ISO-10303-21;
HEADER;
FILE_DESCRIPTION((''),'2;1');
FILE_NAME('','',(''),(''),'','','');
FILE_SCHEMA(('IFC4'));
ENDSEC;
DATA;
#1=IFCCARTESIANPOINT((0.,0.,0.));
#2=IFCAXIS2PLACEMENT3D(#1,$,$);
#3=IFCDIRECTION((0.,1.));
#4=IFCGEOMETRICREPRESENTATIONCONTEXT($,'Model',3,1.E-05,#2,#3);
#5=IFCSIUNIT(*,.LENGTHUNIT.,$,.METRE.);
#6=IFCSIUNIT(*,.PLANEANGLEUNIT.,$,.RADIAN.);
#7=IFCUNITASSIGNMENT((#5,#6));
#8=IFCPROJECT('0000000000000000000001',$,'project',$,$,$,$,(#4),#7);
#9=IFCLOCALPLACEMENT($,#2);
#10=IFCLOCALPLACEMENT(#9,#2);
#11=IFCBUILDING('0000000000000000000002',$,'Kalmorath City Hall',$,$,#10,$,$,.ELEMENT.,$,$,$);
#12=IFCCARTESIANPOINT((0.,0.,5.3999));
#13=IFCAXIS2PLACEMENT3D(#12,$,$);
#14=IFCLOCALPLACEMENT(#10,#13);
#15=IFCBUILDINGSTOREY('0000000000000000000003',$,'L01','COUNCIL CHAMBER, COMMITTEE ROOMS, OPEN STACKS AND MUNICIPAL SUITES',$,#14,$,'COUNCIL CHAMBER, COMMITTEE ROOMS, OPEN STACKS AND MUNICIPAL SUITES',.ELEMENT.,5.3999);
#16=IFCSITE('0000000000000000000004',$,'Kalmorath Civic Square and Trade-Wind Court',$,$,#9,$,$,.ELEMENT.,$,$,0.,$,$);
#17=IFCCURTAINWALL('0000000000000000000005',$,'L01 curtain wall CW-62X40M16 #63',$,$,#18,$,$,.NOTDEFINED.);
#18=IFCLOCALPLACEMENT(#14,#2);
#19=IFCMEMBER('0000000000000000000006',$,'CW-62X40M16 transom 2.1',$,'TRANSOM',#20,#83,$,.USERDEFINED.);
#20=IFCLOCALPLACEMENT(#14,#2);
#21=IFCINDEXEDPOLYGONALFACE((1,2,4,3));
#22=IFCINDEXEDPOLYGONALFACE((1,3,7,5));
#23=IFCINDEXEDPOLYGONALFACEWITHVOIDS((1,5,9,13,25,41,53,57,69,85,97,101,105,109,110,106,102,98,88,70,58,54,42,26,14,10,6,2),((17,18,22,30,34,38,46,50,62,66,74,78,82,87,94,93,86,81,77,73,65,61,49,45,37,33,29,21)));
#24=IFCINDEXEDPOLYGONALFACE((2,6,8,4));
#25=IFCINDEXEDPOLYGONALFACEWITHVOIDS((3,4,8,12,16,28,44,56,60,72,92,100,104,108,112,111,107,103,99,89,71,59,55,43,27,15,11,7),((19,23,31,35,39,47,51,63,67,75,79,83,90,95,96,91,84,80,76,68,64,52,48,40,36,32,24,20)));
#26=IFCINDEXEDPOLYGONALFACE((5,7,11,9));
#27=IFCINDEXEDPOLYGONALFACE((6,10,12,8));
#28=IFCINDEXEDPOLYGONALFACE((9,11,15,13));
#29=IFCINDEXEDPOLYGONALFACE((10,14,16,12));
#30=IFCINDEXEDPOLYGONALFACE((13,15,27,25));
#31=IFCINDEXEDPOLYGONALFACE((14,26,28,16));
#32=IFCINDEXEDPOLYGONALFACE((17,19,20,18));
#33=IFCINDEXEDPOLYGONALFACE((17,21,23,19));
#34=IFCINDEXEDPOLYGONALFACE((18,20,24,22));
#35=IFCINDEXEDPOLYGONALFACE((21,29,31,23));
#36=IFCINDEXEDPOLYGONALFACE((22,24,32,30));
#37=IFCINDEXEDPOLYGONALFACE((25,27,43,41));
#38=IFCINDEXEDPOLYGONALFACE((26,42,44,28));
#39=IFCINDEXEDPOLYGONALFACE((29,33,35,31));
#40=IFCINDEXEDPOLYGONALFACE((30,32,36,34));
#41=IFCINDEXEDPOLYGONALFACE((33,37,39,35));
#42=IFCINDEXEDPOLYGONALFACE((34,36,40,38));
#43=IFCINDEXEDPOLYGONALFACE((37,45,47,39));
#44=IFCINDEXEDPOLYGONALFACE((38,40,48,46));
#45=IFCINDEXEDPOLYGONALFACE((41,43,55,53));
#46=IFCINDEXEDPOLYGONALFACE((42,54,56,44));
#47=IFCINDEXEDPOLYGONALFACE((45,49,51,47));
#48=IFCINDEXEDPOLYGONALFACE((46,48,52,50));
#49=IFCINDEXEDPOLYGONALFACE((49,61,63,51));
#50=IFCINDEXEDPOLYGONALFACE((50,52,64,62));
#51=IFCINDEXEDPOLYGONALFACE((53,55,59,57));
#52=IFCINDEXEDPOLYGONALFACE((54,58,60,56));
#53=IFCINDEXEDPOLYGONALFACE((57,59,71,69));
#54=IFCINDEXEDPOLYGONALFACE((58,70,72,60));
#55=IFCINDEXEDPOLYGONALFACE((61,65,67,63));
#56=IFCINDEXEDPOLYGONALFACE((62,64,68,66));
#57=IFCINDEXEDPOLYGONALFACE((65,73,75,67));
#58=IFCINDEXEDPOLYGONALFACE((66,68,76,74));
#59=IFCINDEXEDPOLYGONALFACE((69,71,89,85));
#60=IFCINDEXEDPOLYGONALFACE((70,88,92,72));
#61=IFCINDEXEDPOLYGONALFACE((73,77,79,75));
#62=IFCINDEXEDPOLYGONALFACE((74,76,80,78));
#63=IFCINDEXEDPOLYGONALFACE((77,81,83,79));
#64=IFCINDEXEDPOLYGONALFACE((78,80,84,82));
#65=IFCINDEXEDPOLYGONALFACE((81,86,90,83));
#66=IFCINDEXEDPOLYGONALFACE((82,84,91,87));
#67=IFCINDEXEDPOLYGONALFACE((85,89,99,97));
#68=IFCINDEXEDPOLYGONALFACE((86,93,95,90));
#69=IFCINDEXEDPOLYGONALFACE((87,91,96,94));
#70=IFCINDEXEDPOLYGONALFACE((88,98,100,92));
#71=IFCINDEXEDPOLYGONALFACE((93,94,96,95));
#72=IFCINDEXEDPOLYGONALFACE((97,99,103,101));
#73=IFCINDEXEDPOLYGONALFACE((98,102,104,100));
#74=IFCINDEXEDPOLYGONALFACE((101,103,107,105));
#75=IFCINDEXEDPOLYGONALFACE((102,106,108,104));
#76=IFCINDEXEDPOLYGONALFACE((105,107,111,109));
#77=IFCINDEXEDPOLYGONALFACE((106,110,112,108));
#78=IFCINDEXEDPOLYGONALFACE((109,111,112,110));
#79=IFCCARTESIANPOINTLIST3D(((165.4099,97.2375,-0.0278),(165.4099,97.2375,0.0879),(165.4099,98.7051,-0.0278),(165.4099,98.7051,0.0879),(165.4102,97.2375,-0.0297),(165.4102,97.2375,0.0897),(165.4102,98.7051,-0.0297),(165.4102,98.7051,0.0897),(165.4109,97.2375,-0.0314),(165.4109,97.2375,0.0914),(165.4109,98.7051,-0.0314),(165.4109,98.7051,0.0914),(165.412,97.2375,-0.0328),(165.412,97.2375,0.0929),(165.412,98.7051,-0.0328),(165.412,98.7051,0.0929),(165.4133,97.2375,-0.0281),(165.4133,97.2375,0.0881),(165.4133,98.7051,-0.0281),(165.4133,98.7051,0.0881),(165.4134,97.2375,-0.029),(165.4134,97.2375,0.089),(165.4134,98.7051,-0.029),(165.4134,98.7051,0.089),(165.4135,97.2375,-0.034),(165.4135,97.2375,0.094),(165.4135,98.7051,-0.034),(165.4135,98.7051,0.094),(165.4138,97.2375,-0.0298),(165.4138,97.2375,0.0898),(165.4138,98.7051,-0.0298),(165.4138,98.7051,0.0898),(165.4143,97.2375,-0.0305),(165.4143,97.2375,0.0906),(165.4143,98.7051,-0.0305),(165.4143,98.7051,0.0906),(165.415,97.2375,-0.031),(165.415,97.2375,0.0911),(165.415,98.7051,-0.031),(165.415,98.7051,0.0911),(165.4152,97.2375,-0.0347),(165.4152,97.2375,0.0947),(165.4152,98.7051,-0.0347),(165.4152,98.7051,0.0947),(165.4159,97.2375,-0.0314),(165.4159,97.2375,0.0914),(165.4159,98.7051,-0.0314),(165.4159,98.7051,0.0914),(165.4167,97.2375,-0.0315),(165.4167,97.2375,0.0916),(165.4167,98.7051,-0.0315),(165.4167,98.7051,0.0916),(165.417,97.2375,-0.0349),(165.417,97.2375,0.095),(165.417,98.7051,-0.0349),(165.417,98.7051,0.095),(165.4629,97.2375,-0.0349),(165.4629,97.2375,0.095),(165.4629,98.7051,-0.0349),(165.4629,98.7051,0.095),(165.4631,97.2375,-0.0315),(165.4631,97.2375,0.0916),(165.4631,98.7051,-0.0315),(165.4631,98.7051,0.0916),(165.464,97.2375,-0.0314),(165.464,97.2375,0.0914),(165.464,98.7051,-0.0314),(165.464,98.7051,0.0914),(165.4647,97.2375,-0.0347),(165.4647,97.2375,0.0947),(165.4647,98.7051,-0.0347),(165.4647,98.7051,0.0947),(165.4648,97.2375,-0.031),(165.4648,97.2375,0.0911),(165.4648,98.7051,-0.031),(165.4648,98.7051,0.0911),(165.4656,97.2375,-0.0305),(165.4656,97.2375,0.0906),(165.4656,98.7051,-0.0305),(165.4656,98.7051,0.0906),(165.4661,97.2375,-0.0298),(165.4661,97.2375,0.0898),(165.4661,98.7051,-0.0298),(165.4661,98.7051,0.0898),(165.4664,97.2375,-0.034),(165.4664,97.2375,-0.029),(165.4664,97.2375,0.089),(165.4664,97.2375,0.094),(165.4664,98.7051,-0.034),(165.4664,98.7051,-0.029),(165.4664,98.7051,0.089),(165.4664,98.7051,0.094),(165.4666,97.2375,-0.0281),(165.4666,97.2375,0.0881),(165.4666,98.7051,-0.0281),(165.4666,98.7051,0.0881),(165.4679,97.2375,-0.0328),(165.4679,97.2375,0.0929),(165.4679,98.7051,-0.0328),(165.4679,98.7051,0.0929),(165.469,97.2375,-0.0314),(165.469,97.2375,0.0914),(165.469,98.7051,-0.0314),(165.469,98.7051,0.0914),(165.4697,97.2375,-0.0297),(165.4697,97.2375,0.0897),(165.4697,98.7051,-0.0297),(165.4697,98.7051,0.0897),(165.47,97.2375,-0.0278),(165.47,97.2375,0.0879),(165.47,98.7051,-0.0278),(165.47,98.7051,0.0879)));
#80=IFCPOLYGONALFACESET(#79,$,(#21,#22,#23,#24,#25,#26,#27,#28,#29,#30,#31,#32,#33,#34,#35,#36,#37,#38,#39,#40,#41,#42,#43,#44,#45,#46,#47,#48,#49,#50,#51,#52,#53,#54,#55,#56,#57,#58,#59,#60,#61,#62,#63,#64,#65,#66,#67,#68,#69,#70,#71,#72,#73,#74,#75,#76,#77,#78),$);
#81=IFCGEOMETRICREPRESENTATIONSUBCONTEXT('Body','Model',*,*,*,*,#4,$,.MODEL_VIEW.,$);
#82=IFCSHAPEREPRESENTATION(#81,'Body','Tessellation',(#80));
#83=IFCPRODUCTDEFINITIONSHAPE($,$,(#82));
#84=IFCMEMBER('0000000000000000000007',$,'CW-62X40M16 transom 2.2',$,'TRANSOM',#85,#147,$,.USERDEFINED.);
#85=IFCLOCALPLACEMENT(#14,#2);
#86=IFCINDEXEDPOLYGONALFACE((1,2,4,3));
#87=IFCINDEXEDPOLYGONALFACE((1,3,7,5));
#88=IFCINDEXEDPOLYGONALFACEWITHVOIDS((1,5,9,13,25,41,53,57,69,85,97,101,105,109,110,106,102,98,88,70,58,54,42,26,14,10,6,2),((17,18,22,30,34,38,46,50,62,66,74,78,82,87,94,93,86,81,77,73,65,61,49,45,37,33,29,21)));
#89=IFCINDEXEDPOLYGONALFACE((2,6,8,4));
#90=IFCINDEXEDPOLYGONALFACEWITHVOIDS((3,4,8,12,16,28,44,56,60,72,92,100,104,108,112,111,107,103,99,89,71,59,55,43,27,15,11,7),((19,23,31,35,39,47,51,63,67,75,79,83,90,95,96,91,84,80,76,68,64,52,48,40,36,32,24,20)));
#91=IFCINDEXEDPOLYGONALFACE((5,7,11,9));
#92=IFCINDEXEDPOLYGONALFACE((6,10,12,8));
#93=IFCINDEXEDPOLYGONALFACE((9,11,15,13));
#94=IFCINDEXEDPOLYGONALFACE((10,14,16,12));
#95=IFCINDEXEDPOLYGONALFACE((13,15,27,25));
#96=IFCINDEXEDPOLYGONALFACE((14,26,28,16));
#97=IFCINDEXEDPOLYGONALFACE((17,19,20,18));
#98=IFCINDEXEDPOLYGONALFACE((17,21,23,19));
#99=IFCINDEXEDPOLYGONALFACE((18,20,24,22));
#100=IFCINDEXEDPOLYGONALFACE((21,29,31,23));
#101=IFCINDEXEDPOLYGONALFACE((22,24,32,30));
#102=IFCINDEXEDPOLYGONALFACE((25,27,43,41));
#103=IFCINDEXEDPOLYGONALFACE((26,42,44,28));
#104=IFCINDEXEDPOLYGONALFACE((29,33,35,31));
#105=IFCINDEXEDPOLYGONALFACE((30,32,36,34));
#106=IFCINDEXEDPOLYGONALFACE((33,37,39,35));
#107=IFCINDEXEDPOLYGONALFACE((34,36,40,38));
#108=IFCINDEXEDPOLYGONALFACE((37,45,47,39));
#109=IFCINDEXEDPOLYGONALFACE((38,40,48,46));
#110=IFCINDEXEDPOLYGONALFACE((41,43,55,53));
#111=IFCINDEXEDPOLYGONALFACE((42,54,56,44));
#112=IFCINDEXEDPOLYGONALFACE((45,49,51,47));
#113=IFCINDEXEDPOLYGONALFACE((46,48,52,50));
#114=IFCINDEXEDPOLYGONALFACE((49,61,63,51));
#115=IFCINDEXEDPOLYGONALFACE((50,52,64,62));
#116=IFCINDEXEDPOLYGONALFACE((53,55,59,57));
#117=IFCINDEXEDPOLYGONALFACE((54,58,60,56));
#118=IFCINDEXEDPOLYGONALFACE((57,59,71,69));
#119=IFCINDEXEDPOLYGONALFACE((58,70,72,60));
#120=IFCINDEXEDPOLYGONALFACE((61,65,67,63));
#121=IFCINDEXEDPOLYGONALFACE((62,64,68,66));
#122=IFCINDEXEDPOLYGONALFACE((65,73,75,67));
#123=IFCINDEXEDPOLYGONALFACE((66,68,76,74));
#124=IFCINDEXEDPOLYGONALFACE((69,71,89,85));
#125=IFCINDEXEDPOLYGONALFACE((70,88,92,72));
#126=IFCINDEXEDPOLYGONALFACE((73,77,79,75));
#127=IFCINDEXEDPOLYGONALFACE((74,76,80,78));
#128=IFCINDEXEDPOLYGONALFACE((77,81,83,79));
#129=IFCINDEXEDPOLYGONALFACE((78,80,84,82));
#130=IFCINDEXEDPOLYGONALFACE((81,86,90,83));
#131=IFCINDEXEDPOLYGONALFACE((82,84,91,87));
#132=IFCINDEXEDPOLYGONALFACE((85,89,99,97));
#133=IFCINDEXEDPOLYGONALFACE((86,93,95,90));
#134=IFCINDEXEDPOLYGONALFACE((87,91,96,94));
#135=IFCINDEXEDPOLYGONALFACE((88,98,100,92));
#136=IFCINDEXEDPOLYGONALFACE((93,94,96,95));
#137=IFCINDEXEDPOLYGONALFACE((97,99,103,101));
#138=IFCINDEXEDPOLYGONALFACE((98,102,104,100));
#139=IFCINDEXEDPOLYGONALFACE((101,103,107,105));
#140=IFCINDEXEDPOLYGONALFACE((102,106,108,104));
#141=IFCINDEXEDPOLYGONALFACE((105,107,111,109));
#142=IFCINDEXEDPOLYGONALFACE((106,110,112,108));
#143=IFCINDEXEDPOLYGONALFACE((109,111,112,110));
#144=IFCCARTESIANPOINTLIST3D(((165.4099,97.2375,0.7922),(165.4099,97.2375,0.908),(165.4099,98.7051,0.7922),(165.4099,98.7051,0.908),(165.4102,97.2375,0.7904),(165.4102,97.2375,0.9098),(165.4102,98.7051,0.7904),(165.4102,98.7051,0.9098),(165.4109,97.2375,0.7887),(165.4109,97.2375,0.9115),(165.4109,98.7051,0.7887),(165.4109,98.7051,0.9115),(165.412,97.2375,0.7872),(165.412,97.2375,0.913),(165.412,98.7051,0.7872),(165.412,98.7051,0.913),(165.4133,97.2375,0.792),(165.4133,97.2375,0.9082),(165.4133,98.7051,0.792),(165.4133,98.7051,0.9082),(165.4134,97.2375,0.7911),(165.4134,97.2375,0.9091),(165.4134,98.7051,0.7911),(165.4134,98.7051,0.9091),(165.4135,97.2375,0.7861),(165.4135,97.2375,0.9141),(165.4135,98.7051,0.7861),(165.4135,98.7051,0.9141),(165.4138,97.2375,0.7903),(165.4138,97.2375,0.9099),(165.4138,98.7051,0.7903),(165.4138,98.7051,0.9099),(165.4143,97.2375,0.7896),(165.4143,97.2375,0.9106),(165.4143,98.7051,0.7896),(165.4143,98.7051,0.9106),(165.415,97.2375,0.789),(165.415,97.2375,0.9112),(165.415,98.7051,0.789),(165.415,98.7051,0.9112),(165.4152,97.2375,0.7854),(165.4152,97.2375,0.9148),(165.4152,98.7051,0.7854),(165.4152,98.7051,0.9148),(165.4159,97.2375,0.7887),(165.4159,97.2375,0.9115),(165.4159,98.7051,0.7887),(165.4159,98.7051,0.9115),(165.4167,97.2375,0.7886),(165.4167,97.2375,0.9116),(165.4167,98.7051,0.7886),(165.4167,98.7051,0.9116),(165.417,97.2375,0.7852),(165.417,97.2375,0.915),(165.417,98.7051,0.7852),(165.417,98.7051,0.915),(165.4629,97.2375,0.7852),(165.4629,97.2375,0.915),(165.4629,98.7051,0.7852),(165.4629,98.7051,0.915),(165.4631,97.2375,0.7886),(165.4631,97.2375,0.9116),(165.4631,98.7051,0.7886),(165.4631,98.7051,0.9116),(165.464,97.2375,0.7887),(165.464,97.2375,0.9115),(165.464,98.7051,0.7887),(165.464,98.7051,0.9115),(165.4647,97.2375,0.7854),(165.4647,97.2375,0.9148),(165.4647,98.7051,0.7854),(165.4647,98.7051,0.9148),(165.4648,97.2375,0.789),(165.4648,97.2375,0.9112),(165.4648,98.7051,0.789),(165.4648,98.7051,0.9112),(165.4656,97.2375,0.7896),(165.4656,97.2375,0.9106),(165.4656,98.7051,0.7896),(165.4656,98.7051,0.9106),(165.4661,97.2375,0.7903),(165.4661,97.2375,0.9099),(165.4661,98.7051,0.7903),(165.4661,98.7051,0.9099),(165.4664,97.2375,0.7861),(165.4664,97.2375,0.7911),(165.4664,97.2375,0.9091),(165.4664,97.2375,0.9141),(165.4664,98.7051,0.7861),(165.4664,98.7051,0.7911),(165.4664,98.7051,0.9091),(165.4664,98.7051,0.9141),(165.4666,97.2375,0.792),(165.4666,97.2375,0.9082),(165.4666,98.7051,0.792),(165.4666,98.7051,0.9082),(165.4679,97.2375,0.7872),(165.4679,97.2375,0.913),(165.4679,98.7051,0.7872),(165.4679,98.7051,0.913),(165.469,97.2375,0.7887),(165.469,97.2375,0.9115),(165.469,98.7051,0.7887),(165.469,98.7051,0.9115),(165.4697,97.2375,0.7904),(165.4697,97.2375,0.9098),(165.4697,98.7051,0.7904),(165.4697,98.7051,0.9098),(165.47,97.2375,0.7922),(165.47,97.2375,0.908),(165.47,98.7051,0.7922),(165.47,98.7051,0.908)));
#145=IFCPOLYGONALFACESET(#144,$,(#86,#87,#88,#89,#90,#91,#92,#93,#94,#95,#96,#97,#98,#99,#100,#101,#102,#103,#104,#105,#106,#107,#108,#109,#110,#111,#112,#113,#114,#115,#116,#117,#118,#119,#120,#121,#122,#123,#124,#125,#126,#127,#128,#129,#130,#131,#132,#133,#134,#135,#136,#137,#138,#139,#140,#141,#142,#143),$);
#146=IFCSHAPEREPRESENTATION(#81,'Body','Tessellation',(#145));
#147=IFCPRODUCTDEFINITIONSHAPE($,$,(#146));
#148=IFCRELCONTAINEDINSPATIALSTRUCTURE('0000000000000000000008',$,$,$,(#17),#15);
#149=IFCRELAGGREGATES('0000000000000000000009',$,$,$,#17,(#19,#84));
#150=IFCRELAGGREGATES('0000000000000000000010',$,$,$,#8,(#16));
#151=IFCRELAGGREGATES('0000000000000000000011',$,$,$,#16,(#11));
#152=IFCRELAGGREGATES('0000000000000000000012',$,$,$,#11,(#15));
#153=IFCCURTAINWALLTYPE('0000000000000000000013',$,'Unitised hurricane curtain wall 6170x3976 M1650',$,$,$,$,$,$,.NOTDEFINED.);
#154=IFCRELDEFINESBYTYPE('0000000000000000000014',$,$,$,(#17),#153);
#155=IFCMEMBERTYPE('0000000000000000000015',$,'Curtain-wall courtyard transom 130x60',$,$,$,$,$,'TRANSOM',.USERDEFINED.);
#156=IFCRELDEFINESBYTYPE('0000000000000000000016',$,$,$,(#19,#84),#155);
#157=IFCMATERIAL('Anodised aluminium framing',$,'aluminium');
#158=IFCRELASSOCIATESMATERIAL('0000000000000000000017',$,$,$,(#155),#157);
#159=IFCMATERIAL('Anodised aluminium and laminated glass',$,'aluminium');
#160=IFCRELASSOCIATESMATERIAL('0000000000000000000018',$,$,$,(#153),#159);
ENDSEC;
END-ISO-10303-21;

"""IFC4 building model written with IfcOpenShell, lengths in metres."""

from ifc_helpers import new_model, si_unit, direction, frame, origin, origin_2d, place, context, subcontext, project, spatial, hollow_rectangle, extrude, material, material_profile, profile_set, type_object, element, aggregate, save


model = new_model("IFC4")

# Units and contexts
model_context = context("Model", 3, precision=1e-05, world=origin(), true_north=direction((0.0, 1.0)))
body_context = subcontext(model_context, "Body", "Model", "MODEL_VIEW")
ifc_project = project(units=[si_unit("LENGTHUNIT", "METRE"), si_unit("PLANEANGLEUNIT", "RADIAN")], contexts=[model_context])

# Site, building, storey
site_placement = place(None, origin())
site = spatial("IfcSite", under=ifc_project, at=site_placement, Name="Kalmorath Civic Square and Trade-Wind Court", CompositionType="ELEMENT", RefElevation=0.0)
building_placement = place(site_placement, origin())
building = spatial("IfcBuilding", under=site, at=building_placement, Name="Kalmorath City Hall", CompositionType="ELEMENT")
storey_placement = place(building_placement, frame((0.0, 0.0, 5.3999)))
storey = spatial("IfcBuildingStorey", under=building, at=storey_placement, Name="L01", Description="COUNCIL CHAMBER, COMMITTEE ROOMS, OPEN STACKS AND MUNICIPAL SUITES", LongName="COUNCIL CHAMBER, COMMITTEE ROOMS, OPEN STACKS AND MUNICIPAL SUITES", CompositionType="ELEMENT", Elevation=5.3999)

# Curtain wall, members
ifc_material_1 = material(Name="Anodised aluminium framing", Category="aluminium")
ifc_material_profile_1 = material_profile(ifc_material_1, hollow_rectangle(XDim=0.0601, YDim=0.1299, WallThickness=0.0034, InnerFilletRadius=0.0034, OuterFilletRadius=0.0071, at=origin_2d()), Name="ALU-TRN-130X60X3.5")
ifc_profile_set_1 = profile_set([ifc_material_profile_1], Name="Anodised aluminium framing")
member_type_1 = type_object("IfcMemberType", Name="Curtain-wall courtyard transom 130x60", ElementType="TRANSOM", PredefinedType="USERDEFINED", material=ifc_profile_set_1)
ifc_material_2 = material(Name="Anodised aluminium and laminated glass", Category="aluminium")
curtain_wall_type_1 = type_object("IfcCurtainWallType", Name="Unitised hurricane curtain wall 6170x3976 M1650", PredefinedType="NOTDEFINED", material=ifc_material_2)
curtain_wall_1_placement = place(storey_placement, origin())
curtain_wall_1 = element("IfcCurtainWall", 1, at=curtain_wall_1_placement, inside=storey, type_object=curtain_wall_type_1, Name="L01 curtain wall CW-62X40M16 #63", PredefinedType="NOTDEFINED")
member_1_placement = place(storey_placement, frame((165.4399, 98.7051, 0.03), z_axis=(0.0, -1.0, 0.0), x_axis=(1.0, 0.0, 0.0)))
member_1 = element("IfcMember", 2, at=member_1_placement, type_object=member_type_1, Name="CW-62X40M16 transom 2.1", ObjectType="TRANSOM", PredefinedType="USERDEFINED", context=body_context, shape_type="SweptSolid", body=[
    extrude(hollow_rectangle(XDim=0.0601, YDim=0.1299, WallThickness=0.0034, InnerFilletRadius=0.0034, OuterFilletRadius=0.0071, at=origin_2d()), origin(), (0.0, 0.0, 1.0), 1.4675),
])
member_2_placement = place(storey_placement, frame((165.4399, 98.7051, 0.8501), z_axis=(0.0, -1.0, 0.0), x_axis=(1.0, 0.0, 0.0)))
member_2 = element("IfcMember", 3, at=member_2_placement, type_object=member_type_1, Name="CW-62X40M16 transom 2.2", ObjectType="TRANSOM", PredefinedType="USERDEFINED", context=body_context, shape_type="SweptSolid", body=[
    extrude(hollow_rectangle(XDim=0.0601, YDim=0.1299, WallThickness=0.0034, InnerFilletRadius=0.0034, OuterFilletRadius=0.0071, at=origin_2d()), origin(), (0.0, 0.0, 1.0), 1.4675),
])

aggregate(curtain_wall_1, [member_1, member_2])

save(model, "model.ifc")
